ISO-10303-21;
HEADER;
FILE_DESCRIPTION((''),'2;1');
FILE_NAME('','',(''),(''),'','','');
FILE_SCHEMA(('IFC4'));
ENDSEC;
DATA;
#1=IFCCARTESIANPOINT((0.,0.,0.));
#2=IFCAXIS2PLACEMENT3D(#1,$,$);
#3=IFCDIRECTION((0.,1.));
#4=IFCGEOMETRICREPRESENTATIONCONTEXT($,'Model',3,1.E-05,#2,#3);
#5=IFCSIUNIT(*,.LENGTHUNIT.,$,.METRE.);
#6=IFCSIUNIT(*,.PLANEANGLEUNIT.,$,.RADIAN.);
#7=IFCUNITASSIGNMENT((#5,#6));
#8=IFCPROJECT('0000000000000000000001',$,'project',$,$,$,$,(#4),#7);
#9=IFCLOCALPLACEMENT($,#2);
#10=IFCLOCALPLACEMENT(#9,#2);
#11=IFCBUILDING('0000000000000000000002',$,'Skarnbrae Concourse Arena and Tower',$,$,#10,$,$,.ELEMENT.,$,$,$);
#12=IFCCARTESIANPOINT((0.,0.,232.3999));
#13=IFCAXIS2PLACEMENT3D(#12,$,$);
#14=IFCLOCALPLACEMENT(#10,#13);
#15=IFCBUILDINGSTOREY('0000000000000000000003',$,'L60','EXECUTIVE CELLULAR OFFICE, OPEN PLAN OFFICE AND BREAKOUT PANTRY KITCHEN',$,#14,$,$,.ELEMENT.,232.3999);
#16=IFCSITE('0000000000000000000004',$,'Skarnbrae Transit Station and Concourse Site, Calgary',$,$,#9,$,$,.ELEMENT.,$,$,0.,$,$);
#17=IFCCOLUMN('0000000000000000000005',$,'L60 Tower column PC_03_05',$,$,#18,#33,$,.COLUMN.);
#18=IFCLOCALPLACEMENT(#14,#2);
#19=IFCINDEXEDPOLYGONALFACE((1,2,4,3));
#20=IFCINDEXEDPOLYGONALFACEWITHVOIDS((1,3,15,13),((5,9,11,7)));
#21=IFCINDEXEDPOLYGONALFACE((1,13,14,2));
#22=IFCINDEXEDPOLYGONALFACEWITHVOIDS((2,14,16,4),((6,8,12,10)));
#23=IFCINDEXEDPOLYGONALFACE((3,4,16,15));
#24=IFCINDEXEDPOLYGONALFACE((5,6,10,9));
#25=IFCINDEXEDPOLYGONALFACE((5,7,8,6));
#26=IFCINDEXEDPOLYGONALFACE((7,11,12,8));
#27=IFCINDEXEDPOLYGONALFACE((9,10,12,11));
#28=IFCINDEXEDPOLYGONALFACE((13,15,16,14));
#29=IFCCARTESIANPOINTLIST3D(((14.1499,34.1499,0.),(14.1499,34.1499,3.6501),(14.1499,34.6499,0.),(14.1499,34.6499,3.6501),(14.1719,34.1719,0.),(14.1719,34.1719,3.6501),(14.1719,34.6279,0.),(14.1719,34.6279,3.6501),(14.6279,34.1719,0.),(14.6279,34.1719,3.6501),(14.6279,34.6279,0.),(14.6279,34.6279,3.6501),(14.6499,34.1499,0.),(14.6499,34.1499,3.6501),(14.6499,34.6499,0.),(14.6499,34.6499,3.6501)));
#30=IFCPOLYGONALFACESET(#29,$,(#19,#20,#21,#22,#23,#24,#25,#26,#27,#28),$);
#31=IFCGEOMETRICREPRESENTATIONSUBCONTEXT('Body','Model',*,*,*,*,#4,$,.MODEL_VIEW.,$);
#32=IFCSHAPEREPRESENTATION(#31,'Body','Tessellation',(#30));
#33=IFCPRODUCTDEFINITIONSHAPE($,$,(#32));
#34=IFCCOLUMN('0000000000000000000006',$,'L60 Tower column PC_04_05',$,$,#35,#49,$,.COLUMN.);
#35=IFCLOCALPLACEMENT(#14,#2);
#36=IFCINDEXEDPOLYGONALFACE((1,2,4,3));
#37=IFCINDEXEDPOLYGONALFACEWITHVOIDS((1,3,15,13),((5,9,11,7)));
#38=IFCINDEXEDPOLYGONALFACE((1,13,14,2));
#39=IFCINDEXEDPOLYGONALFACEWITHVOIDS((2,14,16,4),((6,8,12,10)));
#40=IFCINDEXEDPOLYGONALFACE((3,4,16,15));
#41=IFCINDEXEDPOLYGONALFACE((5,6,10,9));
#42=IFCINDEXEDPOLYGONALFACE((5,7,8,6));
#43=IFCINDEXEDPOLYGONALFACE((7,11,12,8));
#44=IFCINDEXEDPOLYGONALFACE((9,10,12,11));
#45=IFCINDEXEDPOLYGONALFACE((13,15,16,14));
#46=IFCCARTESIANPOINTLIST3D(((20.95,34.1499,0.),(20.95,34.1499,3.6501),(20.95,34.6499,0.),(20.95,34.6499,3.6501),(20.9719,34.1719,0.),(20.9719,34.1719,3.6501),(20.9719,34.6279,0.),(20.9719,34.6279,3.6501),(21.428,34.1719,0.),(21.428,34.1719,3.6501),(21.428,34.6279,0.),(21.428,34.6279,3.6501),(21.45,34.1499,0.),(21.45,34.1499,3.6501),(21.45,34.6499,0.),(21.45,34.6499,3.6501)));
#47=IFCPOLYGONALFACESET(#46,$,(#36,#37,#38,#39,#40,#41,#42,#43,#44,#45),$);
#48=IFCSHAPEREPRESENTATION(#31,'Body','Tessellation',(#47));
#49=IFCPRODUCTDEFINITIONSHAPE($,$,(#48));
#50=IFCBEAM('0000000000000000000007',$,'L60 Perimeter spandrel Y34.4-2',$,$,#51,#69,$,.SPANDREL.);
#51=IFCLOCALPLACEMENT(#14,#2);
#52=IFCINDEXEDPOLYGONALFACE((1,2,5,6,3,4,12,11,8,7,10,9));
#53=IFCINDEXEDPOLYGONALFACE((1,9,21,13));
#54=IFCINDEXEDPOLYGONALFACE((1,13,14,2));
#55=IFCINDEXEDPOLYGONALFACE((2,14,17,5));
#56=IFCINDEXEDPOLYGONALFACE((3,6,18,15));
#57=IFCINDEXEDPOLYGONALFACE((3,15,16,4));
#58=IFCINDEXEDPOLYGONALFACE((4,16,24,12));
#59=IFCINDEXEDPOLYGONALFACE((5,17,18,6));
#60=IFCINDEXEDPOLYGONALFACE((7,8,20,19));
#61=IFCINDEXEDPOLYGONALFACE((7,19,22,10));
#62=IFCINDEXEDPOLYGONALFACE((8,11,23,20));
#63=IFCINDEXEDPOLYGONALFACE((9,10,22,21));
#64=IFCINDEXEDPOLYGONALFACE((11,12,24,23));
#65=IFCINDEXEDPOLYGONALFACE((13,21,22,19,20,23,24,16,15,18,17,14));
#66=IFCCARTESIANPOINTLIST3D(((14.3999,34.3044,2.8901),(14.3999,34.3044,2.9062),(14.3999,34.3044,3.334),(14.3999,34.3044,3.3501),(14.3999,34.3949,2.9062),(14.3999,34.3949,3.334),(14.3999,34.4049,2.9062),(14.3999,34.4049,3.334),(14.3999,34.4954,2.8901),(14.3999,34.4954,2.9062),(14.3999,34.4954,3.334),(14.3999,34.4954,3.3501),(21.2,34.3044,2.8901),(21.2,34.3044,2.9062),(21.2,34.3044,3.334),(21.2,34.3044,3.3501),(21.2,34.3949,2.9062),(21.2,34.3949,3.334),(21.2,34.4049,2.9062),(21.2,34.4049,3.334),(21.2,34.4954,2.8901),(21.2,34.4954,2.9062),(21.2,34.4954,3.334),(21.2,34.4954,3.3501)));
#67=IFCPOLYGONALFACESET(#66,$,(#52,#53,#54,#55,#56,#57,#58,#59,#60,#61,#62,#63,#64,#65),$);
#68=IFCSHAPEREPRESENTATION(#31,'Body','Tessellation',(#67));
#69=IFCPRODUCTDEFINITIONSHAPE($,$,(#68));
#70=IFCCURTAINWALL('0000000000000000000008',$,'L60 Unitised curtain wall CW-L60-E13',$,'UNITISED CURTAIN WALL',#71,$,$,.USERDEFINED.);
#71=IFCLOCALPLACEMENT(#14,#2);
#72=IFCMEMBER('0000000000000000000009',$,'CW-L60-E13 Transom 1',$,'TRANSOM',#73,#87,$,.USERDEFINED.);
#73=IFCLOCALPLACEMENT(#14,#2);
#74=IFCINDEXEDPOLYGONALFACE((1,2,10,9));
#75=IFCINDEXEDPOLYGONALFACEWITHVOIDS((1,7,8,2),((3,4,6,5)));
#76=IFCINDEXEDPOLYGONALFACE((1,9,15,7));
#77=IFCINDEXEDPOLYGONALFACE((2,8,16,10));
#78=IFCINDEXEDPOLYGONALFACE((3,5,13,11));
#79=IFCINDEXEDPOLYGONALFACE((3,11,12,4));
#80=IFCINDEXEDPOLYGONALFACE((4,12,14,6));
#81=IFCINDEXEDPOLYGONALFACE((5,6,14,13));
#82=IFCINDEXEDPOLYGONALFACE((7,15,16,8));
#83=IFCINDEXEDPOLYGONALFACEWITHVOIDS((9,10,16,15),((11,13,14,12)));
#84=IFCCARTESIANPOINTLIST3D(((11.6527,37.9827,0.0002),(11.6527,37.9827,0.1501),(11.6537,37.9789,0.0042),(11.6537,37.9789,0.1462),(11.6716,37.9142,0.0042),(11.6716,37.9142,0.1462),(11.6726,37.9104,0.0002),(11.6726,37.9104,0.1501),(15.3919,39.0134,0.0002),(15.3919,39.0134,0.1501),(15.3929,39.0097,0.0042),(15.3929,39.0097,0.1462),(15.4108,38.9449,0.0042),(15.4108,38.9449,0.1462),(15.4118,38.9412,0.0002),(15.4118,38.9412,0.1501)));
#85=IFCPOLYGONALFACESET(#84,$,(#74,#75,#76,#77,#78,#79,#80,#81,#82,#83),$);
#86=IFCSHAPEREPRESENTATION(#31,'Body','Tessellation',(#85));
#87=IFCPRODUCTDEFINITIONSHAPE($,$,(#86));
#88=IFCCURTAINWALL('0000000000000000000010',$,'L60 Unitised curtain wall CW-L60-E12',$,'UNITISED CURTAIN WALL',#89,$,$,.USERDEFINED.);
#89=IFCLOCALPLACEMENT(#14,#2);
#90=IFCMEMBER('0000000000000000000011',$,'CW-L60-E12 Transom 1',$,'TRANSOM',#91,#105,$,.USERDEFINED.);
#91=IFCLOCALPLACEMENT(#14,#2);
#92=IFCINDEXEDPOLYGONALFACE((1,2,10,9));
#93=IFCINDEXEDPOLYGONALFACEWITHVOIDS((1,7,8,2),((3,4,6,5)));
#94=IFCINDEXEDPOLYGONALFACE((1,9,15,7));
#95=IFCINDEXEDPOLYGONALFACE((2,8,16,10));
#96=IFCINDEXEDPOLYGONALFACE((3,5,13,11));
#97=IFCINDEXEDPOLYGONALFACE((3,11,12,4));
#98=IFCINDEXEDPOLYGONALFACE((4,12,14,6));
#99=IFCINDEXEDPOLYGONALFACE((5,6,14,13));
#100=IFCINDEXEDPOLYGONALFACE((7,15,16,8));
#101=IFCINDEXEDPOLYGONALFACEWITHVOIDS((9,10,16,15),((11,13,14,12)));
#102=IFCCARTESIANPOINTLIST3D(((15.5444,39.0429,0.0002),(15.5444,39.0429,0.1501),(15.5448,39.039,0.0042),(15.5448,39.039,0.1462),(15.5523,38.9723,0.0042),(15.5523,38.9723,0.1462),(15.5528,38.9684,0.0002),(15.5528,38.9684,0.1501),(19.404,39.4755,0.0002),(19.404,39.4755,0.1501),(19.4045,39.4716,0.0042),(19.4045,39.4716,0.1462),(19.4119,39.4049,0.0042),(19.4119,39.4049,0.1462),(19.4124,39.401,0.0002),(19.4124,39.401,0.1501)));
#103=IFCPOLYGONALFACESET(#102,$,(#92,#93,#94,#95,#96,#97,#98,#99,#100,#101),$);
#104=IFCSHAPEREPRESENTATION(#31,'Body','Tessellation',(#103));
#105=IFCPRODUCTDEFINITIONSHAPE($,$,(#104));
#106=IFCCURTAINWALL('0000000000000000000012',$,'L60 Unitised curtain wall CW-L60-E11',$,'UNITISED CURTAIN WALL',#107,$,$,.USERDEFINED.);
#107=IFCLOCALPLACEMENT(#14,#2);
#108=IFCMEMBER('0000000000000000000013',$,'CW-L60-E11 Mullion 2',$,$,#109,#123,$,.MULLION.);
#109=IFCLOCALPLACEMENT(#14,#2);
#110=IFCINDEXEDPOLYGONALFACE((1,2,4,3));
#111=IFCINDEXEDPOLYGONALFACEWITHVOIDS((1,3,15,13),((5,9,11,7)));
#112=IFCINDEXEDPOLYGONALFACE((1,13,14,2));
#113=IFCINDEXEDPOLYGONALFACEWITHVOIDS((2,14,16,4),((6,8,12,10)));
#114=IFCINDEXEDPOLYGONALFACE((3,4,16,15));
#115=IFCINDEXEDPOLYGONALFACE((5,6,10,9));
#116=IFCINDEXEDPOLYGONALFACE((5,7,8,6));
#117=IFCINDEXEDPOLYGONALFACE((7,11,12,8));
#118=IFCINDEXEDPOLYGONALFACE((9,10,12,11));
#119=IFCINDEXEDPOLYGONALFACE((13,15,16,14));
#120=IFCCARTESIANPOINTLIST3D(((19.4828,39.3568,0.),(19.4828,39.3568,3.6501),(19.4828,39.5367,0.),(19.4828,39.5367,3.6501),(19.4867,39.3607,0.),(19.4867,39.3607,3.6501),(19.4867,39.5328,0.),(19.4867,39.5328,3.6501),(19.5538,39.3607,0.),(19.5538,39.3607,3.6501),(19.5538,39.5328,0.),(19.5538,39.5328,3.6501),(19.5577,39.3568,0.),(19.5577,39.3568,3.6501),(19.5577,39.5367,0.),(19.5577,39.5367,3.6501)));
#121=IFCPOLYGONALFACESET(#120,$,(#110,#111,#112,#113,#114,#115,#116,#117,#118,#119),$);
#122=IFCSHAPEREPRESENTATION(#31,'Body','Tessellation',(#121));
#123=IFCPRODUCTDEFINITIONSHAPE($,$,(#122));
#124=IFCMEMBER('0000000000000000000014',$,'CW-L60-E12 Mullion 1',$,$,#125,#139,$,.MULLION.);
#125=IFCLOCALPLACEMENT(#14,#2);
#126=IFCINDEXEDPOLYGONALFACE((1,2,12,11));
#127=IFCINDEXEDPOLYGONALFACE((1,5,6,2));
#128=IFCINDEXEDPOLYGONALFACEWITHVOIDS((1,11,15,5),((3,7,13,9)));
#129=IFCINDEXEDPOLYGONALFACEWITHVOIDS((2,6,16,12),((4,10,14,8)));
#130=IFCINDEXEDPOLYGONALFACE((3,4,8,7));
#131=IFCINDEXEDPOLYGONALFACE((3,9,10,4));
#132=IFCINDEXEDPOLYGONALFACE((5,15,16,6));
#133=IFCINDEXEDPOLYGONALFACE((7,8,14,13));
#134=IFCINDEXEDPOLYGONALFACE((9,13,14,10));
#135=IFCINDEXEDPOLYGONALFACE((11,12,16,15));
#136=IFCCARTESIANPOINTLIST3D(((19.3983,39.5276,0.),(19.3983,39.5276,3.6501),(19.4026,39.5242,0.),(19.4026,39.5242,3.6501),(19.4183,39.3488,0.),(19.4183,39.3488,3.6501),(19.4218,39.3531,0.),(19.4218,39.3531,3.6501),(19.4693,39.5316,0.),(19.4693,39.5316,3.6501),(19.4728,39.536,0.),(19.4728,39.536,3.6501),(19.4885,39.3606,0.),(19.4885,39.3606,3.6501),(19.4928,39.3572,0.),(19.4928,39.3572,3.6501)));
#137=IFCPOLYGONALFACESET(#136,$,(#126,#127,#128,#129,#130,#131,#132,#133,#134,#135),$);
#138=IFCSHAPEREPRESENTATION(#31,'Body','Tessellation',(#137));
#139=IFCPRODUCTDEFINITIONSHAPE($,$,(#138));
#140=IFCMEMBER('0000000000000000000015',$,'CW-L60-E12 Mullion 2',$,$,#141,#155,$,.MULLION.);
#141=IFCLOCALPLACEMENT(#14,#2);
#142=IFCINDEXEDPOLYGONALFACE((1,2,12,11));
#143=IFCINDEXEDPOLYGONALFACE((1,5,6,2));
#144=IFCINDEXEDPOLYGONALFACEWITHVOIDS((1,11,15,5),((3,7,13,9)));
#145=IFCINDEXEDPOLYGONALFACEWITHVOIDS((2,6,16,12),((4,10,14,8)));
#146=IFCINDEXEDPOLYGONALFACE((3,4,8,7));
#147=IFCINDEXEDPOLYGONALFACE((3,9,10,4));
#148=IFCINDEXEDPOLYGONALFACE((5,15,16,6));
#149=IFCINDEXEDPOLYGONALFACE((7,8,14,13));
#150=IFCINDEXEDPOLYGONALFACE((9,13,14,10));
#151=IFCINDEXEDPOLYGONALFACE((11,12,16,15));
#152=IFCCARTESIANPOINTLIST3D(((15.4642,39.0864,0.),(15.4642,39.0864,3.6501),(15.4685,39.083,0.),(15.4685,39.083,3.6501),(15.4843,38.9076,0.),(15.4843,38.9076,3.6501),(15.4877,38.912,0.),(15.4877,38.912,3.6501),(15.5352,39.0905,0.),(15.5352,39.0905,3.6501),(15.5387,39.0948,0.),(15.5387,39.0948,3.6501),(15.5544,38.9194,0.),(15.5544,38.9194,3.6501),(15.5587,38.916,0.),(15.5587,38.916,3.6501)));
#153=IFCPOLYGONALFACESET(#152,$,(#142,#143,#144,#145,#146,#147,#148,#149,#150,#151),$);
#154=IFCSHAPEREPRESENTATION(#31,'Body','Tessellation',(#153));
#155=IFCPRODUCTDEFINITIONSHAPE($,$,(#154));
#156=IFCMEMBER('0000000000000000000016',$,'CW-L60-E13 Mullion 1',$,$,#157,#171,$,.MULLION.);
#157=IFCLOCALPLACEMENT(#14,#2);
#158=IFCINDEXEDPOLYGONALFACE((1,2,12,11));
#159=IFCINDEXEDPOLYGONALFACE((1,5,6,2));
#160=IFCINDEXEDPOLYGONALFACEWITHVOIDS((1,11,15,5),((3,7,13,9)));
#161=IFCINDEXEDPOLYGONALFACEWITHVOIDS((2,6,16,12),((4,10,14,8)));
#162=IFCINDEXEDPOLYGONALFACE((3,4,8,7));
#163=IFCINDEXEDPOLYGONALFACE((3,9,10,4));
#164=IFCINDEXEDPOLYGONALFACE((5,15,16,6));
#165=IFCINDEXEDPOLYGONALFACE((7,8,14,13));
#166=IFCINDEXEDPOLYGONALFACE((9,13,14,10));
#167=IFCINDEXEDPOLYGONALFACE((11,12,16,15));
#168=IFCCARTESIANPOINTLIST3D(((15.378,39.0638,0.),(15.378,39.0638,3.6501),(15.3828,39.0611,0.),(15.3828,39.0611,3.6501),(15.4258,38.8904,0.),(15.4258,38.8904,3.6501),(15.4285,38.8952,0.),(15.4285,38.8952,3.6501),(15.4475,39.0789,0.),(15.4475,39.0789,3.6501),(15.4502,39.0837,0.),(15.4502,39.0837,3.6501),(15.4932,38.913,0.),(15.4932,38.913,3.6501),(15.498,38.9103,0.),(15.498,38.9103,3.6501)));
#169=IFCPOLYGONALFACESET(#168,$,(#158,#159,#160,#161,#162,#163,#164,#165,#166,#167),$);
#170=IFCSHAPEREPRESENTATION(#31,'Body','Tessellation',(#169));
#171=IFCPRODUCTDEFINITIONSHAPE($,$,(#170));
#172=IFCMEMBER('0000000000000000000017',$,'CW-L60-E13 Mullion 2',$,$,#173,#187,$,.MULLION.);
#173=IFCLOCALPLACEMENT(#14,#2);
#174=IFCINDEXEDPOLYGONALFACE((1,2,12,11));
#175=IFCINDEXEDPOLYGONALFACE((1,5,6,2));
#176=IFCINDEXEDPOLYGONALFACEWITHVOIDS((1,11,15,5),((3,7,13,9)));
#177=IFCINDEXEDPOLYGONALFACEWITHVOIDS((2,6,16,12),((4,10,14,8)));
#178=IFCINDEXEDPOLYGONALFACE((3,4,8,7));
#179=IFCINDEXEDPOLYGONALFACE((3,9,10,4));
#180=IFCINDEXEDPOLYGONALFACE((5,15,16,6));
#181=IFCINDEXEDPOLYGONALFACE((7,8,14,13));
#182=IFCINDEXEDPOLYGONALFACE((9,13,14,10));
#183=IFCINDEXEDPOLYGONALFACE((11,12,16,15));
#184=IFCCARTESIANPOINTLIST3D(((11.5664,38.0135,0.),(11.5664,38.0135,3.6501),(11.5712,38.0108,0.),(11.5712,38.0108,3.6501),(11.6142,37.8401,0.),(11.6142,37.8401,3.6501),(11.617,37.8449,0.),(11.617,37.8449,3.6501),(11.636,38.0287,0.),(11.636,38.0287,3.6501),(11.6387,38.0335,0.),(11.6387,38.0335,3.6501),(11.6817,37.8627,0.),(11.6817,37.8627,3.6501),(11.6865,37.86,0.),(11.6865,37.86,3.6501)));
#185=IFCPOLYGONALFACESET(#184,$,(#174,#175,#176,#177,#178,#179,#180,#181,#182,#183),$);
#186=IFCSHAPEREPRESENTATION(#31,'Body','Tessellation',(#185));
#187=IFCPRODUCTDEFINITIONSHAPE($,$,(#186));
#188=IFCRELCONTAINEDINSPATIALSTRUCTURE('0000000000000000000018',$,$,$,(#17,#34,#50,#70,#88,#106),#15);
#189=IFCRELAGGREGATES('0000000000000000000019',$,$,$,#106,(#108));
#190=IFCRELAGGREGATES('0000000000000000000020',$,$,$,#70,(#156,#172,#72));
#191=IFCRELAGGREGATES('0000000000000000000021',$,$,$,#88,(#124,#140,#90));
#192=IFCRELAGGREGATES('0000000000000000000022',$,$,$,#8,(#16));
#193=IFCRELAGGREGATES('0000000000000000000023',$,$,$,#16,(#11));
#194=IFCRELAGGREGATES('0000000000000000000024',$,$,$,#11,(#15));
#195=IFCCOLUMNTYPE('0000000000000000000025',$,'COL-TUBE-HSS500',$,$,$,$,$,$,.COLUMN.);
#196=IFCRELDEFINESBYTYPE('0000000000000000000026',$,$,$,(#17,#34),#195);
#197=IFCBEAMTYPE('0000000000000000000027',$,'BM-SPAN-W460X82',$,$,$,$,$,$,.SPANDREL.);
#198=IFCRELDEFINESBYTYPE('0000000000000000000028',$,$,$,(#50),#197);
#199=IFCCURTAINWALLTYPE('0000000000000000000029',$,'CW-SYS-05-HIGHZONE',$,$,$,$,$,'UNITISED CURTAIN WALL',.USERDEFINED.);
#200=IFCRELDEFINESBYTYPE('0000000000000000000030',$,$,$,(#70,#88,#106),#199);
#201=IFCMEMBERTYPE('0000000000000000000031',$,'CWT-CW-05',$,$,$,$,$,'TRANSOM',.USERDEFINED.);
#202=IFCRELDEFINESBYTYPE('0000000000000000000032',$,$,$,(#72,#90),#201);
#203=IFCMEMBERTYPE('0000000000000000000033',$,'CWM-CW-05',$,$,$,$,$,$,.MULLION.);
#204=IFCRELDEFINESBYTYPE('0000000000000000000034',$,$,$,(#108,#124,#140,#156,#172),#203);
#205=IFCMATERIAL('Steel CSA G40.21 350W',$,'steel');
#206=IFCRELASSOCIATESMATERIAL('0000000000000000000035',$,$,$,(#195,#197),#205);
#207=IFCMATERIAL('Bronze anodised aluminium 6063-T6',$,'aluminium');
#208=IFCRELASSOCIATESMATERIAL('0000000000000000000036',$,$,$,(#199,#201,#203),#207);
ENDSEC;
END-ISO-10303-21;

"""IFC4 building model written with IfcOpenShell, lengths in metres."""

from ifc_helpers import new_model, si_unit, direction, frame, origin, origin_2d, place, context, subcontext, project, spatial, hollow_rectangle, i_section, extrude, source, transform, mapped, material, material_profile, profile_set, type_object, element, aggregate, save


model = new_model("IFC4")

# Units and contexts
model_context = context("Model", 3, precision=1e-05, world=origin(), true_north=direction((0.0, 1.0)))
body_context = subcontext(model_context, "Body", "Model", "MODEL_VIEW")
ifc_project = project(units=[si_unit("LENGTHUNIT", "METRE"), si_unit("PLANEANGLEUNIT", "RADIAN")], contexts=[model_context])

# Site, building, storey
site_placement = place(None, origin())
site = spatial("IfcSite", under=ifc_project, at=site_placement, Name="Skarnbrae Transit Station and Concourse Site, Calgary", CompositionType="ELEMENT", RefElevation=0.0)
building_placement = place(site_placement, origin())
building = spatial("IfcBuilding", under=site, at=building_placement, Name="Skarnbrae Concourse Arena and Tower", CompositionType="ELEMENT")
storey_placement = place(building_placement, frame((0.0, 0.0, 232.3999)))
storey = spatial("IfcBuildingStorey", under=building, at=storey_placement, Name="L60", Description="EXECUTIVE CELLULAR OFFICE, OPEN PLAN OFFICE AND BREAKOUT PANTRY KITCHEN", CompositionType="ELEMENT", Elevation=232.3999)

# Columns
ifc_material_1 = material(Name="Steel CSA G40.21 350W", Category="steel")
ifc_material_profile_1 = material_profile(ifc_material_1, hollow_rectangle(XDim=0.5, YDim=0.5, WallThickness=0.022, at=origin_2d()), Name="HSS500X500X22.0")
ifc_profile_set_1 = profile_set([ifc_material_profile_1], Name="Steel CSA G40.21 350W")
column_type = type_object("IfcColumnType", Name="COL-TUBE-HSS500", PredefinedType="COLUMN", material=ifc_profile_set_1)
shared_shape_1 = source(origin(), body_context, "Body", "SweptSolid", [
    extrude(hollow_rectangle(XDim=0.5, YDim=0.5, WallThickness=0.022, at=origin_2d()), origin(), (0.0, 0.0, 1.0), 3.6501),
])
for number, where, z_axis, x_axis, name in (
    (1, (14.3999, 34.3999, 0.0), (0.0, 0.0, 1.0), (1.0, 0.0, 0.0), "L60 Tower column PC_03_05"),
    (2, (21.2, 34.3999, 0.0), (0.0, 0.0, 1.0), (1.0, 0.0, 0.0), "L60 Tower column PC_04_05"),
):
    element("IfcColumn", number, at=place(storey_placement, frame(where, z_axis=z_axis, x_axis=x_axis)), inside=storey, type_object=column_type, Name=name, PredefinedType="COLUMN", context=body_context, shape_type="MappedRepresentation", body=[
        mapped(shared_shape_1, transform((0.0, 0.0, 0.0))),
    ])

# Beam
ifc_material_profile_2 = material_profile(ifc_material_1, i_section(OverallWidth=0.1909, OverallDepth=0.46, WebThickness=0.01, FlangeThickness=0.0161, at=origin_2d()), Name="W460X82")
ifc_profile_set_2 = profile_set([ifc_material_profile_2], Name="Steel CSA G40.21 350W")
beam_type = type_object("IfcBeamType", Name="BM-SPAN-W460X82", PredefinedType="SPANDREL", material=ifc_profile_set_2)
shared_shape_2 = source(origin(), body_context, "Body", "SweptSolid", [
    extrude(i_section(OverallWidth=0.1909, OverallDepth=0.46, WebThickness=0.01, FlangeThickness=0.0161, at=origin_2d()), origin(), (0.0, 0.0, 1.0), 6.8),
])
beam_placement = place(storey_placement, frame((14.3999, 34.3999, 3.1201), z_axis=(1.0, 0.0, 0.0), x_axis=(0.0, 1.0, 0.0)))
element("IfcBeam", 3, at=beam_placement, inside=storey, type_object=beam_type, Name="L60 Perimeter spandrel Y34.4-2", PredefinedType="SPANDREL", context=body_context, shape_type="MappedRepresentation", body=[
    mapped(shared_shape_2, transform((0.0, 0.0, 0.0))),
])

# Curtain walls, members
ifc_material_2 = material(Name="Bronze anodised aluminium 6063-T6", Category="aluminium")
curtain_wall_type = type_object("IfcCurtainWallType", Name="CW-SYS-05-HIGHZONE", ElementType="UNITISED CURTAIN WALL", PredefinedType="USERDEFINED", material=ifc_material_2)
curtain_wall_1_placement = place(storey_placement, origin())
curtain_wall_1 = element("IfcCurtainWall", 4, at=curtain_wall_1_placement, inside=storey, type_object=curtain_wall_type, Name="L60 Unitised curtain wall CW-L60-E13", ObjectType="UNITISED CURTAIN WALL", PredefinedType="USERDEFINED")
ifc_material_profile_3 = material_profile(ifc_material_2, hollow_rectangle(XDim=0.075, YDim=0.1499, WallThickness=0.0039, at=origin_2d()), Name="ALU-TRAN-75X150")
ifc_profile_set_3 = profile_set([ifc_material_profile_3], Name="Bronze anodised aluminium 6063-T6")
member_type_1 = type_object("IfcMemberType", Name="CWT-CW-05", ElementType="TRANSOM", PredefinedType="USERDEFINED", material=ifc_profile_set_3)
shared_shape_3 = source(origin(), body_context, "Body", "SweptSolid", [
    extrude(hollow_rectangle(XDim=0.075, YDim=0.1499, WallThickness=0.0039, at=origin_2d()), origin(), (0.0, 0.0, 1.0), 3.8787),
])
member_1_placement = place(storey_placement, frame((15.4019, 38.9773, 0.0752), z_axis=(-0.964043, -0.265747, 0.0), x_axis=(0.265747, -0.964043, 0.0)))
member_1 = element("IfcMember", 5, at=member_1_placement, type_object=member_type_1, Name="CW-L60-E13 Transom 1", ObjectType="TRANSOM", PredefinedType="USERDEFINED", context=body_context, shape_type="MappedRepresentation", body=[
    mapped(shared_shape_3, transform((0.0, 0.0, 0.0))),
])
curtain_wall_2_placement = place(storey_placement, origin())
curtain_wall_2 = element("IfcCurtainWall", 6, at=curtain_wall_2_placement, inside=storey, type_object=curtain_wall_type, Name="L60 Unitised curtain wall CW-L60-E12", ObjectType="UNITISED CURTAIN WALL", PredefinedType="USERDEFINED")
shared_shape_4 = source(origin(), body_context, "Body", "SweptSolid", [
    extrude(hollow_rectangle(XDim=0.075, YDim=0.1499, WallThickness=0.0039, at=origin_2d()), origin(), (0.0, 0.0, 1.0), 3.8838),
])
member_2_placement = place(storey_placement, frame((19.4082, 39.4382, 0.0752), z_axis=(-0.993777, -0.11139, 0.0), x_axis=(0.11139, -0.993777, 0.0)))
member_2 = element("IfcMember", 7, at=member_2_placement, type_object=member_type_1, Name="CW-L60-E12 Transom 1", ObjectType="TRANSOM", PredefinedType="USERDEFINED", context=body_context, shape_type="MappedRepresentation", body=[
    mapped(shared_shape_4, transform((0.0, 0.0, 0.0))),
])
curtain_wall_3_placement = place(storey_placement, origin())
curtain_wall_3 = element("IfcCurtainWall", 8, at=curtain_wall_3_placement, inside=storey, type_object=curtain_wall_type, Name="L60 Unitised curtain wall CW-L60-E11", ObjectType="UNITISED CURTAIN WALL", PredefinedType="USERDEFINED")
ifc_material_profile_4 = material_profile(ifc_material_2, hollow_rectangle(XDim=0.075, YDim=0.1799, WallThickness=0.0039, at=origin_2d()), Name="ALU-MULL-75X180")
ifc_profile_set_4 = profile_set([ifc_material_profile_4], Name="Bronze anodised aluminium 6063-T6")
member_type_2 = type_object("IfcMemberType", Name="CWM-CW-05", PredefinedType="MULLION", material=ifc_profile_set_4)
shared_shape_5 = source(origin(), body_context, "Body", "SweptSolid", [
    extrude(hollow_rectangle(XDim=0.075, YDim=0.1799, WallThickness=0.0039, at=origin_2d()), origin(), (0.0, 0.0, 1.0), 3.6501),
])
member_3_placement = place(storey_placement, frame((19.5203, 39.4468, 0.0), z_axis=(0.0, 0.0, 1.0), x_axis=(-1.0, 0.0, 0.0)))
member_3 = element("IfcMember", 9, at=member_3_placement, type_object=member_type_2, Name="CW-L60-E11 Mullion 2", PredefinedType="MULLION", context=body_context, shape_type="MappedRepresentation", body=[
    mapped(shared_shape_5, transform((0.0, 0.0, 0.0))),
])
aggregate(curtain_wall_3, [member_3])

# Members
member_4_placement = place(storey_placement, frame((19.4456, 39.4424, 0.0), z_axis=(0.0, 0.0, 1.0), x_axis=(-0.993769, -0.11146, 0.0)))
member_4 = element("IfcMember", 10, at=member_4_placement, type_object=member_type_2, Name="CW-L60-E12 Mullion 1", PredefinedType="MULLION", context=body_context, shape_type="MappedRepresentation", body=[
    mapped(shared_shape_5, transform((0.0, 0.0, 0.0))),
])
member_5_placement = place(storey_placement, frame((15.5115, 39.0012, 0.0), z_axis=(0.0, 0.0, 1.0), x_axis=(-0.993769, -0.11146, 0.0)))
member_5 = element("IfcMember", 11, at=member_5_placement, type_object=member_type_2, Name="CW-L60-E12 Mullion 2", PredefinedType="MULLION", context=body_context, shape_type="MappedRepresentation", body=[
    mapped(shared_shape_5, transform((0.0, 0.0, 0.0))),
])
member_6_placement = place(storey_placement, frame((15.438, 38.9871, 0.0), z_axis=(0.0, 0.0, 1.0), x_axis=(-0.964057, -0.265694, 0.0)))
member_6 = element("IfcMember", 12, at=member_6_placement, type_object=member_type_2, Name="CW-L60-E13 Mullion 1", PredefinedType="MULLION", context=body_context, shape_type="MappedRepresentation", body=[
    mapped(shared_shape_5, transform((0.0, 0.0, 0.0))),
])
member_7_placement = place(storey_placement, frame((11.6265, 37.9368, 0.0), z_axis=(0.0, 0.0, 1.0), x_axis=(-0.964057, -0.265694, 0.0)))
member_7 = element("IfcMember", 13, at=member_7_placement, type_object=member_type_2, Name="CW-L60-E13 Mullion 2", PredefinedType="MULLION", context=body_context, shape_type="MappedRepresentation", body=[
    mapped(shared_shape_5, transform((0.0, 0.0, 0.0))),
])

aggregate(curtain_wall_1, [member_6, member_7, member_1])
aggregate(curtain_wall_2, [member_4, member_5, member_2])

save(model, "model.ifc")
